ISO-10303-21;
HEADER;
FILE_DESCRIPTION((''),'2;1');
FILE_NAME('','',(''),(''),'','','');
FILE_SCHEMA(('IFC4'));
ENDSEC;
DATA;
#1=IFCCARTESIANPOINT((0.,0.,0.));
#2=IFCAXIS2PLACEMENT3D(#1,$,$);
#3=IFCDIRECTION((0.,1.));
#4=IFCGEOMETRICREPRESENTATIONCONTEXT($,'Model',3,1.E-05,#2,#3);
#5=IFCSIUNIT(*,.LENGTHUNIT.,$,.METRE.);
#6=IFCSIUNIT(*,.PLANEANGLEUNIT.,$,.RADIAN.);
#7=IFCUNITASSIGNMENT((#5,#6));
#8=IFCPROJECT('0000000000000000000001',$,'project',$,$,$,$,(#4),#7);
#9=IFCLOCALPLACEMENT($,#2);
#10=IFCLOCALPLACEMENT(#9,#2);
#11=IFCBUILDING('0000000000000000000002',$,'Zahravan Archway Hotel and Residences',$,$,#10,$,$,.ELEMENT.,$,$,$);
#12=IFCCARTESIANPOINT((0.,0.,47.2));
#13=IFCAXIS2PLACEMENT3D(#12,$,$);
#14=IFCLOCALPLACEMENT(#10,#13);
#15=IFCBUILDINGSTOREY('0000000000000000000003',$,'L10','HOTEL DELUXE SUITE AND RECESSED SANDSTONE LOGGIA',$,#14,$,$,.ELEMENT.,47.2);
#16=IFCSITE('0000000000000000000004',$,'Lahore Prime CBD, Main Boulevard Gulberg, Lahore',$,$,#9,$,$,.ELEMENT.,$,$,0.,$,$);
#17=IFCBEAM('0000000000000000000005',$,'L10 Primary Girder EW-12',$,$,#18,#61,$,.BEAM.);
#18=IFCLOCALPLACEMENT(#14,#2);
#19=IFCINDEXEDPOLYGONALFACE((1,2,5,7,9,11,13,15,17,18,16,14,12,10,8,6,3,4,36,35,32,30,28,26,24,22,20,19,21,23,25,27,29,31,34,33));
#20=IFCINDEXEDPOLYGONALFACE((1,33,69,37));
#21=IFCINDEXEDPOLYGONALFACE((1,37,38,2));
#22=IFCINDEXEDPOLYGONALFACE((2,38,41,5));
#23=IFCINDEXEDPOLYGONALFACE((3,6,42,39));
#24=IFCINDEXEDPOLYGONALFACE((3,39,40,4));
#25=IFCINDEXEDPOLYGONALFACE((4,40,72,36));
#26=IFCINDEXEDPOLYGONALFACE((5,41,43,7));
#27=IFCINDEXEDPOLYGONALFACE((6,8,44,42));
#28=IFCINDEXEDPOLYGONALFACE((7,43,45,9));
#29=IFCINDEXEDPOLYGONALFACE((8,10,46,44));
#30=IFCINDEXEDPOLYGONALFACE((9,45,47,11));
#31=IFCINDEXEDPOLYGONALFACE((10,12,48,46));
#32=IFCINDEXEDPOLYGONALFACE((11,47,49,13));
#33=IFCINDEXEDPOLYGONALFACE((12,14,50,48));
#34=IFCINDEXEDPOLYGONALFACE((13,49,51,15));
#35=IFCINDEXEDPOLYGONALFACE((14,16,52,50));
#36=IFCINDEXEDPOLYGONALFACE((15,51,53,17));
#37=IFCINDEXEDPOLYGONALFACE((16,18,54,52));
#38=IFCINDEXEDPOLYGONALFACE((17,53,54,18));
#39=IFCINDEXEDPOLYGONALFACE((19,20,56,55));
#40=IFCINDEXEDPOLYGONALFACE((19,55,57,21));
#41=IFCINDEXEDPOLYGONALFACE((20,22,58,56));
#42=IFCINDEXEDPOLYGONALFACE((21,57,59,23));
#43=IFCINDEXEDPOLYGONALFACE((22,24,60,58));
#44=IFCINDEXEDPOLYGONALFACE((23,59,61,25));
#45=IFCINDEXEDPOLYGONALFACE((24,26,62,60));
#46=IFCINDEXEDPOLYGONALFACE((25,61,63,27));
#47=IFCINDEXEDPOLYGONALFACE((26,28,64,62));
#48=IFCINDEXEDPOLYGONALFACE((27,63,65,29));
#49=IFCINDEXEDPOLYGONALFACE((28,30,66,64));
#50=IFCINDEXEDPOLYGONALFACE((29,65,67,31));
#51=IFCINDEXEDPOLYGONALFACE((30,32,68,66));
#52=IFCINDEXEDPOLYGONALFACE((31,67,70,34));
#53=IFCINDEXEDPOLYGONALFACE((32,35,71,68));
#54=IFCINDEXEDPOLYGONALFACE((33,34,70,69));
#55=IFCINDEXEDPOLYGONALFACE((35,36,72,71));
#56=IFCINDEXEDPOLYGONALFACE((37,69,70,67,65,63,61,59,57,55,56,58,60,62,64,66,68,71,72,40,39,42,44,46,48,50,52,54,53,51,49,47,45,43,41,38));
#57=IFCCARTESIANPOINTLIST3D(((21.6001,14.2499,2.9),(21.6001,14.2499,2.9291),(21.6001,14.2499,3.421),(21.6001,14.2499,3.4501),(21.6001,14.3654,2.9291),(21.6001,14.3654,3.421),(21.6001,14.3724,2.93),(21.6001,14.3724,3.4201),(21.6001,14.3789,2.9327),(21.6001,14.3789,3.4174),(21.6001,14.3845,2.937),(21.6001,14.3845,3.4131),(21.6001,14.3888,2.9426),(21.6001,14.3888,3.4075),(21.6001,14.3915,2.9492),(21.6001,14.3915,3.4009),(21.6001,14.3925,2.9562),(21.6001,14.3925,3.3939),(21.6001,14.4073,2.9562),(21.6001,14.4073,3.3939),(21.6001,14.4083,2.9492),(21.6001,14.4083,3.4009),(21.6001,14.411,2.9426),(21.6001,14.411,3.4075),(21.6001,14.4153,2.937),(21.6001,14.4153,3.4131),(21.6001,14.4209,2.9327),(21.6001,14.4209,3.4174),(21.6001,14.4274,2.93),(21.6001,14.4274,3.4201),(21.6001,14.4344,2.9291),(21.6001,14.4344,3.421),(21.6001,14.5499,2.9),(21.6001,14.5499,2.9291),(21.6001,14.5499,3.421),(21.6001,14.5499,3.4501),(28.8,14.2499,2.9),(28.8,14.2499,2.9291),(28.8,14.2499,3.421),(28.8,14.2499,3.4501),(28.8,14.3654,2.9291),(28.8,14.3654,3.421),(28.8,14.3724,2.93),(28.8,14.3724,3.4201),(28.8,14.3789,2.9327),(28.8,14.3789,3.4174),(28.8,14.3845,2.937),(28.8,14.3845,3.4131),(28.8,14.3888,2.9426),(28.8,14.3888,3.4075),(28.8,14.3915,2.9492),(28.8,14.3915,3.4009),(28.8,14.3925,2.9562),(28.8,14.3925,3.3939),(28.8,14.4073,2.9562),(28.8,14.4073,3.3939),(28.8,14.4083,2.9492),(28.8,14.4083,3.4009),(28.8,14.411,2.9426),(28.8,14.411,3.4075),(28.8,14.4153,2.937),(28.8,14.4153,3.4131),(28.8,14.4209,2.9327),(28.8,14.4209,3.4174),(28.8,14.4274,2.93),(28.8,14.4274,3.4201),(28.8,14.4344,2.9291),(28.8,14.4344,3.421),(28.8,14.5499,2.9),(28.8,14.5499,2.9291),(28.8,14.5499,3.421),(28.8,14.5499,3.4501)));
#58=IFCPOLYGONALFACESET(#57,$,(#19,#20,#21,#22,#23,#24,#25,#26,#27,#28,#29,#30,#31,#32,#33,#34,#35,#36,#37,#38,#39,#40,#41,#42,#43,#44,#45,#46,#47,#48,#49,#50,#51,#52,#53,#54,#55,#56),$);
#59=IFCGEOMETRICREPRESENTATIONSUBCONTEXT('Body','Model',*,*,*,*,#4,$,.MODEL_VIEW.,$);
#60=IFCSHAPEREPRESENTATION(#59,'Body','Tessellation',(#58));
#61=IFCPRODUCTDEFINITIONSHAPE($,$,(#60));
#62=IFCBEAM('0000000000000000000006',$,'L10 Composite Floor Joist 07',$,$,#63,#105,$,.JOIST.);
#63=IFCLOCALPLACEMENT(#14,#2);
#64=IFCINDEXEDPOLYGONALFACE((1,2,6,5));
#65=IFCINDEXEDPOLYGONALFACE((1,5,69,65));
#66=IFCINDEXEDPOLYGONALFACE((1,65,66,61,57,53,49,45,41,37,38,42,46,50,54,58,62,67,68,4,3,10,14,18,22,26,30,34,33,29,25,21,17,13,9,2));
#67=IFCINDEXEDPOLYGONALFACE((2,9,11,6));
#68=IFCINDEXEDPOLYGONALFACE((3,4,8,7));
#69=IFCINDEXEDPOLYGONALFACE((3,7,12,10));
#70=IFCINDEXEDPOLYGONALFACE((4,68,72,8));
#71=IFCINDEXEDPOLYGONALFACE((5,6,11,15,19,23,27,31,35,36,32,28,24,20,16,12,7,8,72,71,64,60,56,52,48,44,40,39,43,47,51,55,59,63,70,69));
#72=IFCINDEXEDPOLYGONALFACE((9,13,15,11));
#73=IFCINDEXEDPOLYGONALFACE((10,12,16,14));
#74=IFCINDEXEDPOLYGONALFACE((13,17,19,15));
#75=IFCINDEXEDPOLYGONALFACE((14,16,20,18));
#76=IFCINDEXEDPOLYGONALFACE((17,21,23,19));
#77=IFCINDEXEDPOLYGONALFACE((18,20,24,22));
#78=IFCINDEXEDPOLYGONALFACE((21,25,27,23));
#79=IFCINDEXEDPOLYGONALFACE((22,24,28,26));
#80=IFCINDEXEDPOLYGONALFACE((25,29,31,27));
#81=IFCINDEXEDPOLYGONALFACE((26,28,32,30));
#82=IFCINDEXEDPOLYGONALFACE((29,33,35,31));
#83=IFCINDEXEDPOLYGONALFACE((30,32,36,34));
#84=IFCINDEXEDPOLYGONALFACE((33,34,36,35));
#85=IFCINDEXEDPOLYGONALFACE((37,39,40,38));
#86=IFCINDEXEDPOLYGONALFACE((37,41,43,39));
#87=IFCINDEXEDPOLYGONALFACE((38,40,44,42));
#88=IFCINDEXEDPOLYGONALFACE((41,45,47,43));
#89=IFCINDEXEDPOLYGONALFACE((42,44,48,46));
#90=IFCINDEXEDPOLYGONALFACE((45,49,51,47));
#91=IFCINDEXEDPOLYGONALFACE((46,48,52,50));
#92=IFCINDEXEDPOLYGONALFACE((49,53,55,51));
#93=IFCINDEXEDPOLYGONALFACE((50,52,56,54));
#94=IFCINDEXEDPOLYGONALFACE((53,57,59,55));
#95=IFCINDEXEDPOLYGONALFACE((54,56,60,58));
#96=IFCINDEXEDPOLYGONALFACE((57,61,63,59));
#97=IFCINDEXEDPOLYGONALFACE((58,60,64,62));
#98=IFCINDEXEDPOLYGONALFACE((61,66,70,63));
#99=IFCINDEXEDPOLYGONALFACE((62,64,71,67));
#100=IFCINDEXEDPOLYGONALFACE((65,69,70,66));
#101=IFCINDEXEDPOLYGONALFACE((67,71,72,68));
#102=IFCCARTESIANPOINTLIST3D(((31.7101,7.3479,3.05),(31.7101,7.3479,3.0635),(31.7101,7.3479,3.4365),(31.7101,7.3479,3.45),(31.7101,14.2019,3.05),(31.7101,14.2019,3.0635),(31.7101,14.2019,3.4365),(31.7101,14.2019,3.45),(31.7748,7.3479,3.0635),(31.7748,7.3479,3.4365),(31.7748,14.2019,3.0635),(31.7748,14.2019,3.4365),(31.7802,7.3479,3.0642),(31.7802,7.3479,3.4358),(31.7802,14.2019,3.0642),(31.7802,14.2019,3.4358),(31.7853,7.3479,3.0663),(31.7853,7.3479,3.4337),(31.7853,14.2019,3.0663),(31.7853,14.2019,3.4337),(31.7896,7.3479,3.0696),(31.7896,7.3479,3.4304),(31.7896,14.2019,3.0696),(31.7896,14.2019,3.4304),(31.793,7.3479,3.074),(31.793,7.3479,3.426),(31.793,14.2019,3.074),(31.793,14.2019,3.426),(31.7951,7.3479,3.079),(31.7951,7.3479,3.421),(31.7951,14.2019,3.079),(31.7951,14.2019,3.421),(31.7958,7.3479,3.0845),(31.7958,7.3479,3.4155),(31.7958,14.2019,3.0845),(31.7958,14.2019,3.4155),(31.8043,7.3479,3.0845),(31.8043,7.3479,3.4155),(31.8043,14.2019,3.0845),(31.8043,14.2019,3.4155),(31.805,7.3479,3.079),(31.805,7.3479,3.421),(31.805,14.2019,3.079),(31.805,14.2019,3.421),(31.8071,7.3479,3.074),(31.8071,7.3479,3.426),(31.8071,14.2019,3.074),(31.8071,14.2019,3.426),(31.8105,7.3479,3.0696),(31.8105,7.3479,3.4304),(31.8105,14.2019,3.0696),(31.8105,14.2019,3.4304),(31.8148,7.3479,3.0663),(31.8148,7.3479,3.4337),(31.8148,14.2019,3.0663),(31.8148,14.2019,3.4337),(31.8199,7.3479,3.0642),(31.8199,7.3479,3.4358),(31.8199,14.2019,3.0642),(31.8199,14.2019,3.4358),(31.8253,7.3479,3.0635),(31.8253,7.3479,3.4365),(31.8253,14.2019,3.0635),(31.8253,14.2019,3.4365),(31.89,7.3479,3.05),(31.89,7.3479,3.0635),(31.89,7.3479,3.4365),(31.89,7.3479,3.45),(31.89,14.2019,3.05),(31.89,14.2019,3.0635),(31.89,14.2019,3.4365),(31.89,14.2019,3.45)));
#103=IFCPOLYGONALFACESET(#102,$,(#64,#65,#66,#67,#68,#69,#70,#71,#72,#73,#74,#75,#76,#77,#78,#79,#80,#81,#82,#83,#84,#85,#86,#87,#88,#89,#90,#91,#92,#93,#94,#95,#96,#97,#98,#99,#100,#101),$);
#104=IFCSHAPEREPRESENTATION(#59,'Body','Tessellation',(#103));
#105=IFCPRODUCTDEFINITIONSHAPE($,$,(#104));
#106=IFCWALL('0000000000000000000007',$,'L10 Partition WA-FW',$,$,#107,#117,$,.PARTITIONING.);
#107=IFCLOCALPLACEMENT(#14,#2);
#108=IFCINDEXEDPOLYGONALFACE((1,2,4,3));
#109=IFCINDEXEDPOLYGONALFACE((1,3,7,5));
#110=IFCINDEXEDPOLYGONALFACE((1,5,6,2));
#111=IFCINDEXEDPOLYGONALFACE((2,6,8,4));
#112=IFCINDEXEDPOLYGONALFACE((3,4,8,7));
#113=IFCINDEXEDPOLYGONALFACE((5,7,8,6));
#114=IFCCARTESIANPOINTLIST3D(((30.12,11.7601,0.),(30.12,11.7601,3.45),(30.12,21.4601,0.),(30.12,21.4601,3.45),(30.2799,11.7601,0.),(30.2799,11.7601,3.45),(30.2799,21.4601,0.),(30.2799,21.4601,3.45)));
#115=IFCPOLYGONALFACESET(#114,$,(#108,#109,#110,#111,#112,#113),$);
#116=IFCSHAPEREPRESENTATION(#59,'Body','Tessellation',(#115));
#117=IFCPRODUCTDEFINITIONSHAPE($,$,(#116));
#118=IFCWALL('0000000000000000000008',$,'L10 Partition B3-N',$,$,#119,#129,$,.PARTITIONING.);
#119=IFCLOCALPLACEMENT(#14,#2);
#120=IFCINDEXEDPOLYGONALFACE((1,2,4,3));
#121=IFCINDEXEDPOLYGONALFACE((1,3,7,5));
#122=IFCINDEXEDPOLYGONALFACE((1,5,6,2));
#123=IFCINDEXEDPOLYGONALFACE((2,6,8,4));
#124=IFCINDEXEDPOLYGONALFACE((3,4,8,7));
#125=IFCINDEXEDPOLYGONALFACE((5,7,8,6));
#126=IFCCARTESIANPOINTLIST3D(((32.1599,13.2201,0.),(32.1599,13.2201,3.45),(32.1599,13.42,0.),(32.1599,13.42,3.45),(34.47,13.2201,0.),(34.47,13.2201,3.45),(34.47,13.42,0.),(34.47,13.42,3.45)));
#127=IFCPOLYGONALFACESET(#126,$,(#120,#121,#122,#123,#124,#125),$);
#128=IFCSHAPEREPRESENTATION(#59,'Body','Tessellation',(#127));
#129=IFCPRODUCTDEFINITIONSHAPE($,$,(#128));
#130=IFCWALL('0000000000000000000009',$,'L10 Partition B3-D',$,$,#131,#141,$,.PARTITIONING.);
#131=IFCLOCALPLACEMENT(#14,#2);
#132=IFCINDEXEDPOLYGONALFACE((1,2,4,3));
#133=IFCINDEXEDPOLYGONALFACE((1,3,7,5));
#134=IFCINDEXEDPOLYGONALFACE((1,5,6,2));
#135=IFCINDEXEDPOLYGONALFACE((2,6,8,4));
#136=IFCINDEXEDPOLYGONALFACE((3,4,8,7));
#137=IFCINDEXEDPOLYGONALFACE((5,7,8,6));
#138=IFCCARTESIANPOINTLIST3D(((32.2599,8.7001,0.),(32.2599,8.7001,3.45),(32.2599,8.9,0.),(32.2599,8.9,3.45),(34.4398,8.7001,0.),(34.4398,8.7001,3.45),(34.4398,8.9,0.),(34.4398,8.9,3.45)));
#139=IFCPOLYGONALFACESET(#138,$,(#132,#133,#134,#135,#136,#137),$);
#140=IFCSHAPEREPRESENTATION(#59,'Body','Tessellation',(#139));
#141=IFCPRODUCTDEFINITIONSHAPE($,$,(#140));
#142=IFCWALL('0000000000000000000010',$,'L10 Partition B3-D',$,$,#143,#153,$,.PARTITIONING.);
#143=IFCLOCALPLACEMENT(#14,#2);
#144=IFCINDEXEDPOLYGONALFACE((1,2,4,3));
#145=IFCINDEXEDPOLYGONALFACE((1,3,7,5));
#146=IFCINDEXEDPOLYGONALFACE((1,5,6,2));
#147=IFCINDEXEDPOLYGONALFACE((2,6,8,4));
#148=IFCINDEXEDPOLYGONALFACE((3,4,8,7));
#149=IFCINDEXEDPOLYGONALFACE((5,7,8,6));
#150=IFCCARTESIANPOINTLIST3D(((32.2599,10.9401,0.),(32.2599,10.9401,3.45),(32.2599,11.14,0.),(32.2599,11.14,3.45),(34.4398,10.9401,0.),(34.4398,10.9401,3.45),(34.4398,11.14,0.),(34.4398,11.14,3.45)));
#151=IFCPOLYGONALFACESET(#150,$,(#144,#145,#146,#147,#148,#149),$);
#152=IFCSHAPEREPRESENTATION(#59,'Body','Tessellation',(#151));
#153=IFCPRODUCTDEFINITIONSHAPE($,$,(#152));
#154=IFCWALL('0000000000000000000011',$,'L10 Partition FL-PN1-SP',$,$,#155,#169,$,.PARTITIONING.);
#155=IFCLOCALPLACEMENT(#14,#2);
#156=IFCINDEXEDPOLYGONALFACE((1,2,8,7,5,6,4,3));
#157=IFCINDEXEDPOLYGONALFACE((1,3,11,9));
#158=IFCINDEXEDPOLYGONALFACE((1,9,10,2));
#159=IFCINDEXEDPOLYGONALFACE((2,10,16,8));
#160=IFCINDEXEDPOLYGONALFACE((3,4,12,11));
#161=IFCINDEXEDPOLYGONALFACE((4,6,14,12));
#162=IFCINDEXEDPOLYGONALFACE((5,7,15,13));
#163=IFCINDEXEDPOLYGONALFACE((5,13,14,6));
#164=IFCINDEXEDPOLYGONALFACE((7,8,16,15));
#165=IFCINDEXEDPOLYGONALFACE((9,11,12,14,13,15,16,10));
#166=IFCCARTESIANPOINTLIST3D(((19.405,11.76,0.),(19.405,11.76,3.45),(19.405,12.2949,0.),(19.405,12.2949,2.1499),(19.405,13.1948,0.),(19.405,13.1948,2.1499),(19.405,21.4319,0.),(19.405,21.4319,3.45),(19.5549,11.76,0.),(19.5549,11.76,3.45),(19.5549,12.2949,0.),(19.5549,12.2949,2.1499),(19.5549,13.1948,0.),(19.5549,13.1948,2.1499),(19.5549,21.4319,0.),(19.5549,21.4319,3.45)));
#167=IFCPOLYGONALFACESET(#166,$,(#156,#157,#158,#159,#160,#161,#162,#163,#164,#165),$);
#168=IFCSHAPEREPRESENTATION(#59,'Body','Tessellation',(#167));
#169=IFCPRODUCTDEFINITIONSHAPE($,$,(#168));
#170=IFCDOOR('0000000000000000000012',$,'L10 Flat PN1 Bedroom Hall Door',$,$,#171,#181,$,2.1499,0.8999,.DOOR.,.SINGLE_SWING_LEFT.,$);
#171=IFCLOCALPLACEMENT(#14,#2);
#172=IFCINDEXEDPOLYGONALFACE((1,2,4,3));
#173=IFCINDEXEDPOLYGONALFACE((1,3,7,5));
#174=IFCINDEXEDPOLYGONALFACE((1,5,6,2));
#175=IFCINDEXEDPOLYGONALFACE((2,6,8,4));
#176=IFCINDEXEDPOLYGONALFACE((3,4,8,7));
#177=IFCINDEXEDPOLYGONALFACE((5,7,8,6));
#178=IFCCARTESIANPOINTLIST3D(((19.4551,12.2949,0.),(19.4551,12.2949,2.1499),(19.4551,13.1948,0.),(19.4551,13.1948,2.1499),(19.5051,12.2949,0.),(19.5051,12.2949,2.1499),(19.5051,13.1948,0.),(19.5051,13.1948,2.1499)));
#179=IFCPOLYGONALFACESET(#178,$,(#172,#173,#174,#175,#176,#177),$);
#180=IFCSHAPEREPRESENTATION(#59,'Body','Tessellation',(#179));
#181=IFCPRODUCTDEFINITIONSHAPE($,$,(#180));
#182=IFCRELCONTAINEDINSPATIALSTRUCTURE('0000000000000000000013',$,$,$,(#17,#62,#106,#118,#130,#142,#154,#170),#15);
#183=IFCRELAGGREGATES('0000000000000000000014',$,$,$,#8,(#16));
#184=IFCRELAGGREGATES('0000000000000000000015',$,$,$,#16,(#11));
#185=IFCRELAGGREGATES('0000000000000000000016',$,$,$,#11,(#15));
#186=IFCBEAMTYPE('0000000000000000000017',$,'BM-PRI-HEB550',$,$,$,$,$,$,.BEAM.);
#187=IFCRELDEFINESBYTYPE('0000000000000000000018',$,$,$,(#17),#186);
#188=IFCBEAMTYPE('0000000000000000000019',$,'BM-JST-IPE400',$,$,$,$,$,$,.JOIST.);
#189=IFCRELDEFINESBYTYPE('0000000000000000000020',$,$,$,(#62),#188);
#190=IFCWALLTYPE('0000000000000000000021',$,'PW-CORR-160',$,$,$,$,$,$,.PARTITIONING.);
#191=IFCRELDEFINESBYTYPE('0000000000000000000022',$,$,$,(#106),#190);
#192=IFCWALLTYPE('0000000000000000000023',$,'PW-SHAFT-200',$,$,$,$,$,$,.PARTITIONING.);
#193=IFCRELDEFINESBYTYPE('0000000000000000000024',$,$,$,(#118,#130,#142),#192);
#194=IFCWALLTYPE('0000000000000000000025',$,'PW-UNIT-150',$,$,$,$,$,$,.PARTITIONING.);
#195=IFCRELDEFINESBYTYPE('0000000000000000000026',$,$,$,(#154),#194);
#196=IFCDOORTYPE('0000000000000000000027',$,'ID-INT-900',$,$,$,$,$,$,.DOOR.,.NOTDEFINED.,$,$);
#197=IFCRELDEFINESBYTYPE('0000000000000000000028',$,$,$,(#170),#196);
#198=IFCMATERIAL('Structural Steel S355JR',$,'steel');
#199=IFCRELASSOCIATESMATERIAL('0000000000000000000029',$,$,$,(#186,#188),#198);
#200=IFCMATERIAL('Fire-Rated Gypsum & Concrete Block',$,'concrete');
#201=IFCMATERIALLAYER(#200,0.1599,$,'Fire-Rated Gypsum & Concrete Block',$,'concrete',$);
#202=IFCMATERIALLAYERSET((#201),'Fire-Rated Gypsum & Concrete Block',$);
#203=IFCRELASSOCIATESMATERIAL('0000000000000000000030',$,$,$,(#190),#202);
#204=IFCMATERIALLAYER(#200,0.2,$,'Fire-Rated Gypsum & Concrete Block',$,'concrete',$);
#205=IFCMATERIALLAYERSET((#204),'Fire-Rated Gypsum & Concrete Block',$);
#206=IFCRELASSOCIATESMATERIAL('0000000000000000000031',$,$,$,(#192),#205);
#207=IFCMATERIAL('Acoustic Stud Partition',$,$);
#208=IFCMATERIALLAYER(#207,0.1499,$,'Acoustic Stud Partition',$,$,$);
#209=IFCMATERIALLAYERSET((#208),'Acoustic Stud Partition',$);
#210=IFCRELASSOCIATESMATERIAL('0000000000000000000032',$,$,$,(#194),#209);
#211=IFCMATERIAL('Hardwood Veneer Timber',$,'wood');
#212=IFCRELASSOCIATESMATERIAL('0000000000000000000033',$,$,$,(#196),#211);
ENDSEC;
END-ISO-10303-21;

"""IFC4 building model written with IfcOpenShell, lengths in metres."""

from ifc_helpers import new_model, si_unit, direction, frame, frame_2d, origin, origin_2d, place, context, subcontext, project, spatial, rectangle, i_section, extrude, source, transform, mapped, material, layer, layer_set, material_profile, profile_set, type_object, type_shapes, element, fill, save


model = new_model("IFC4")

# Units and contexts
model_context = context("Model", 3, precision=1e-05, world=origin(), true_north=direction((0.0, 1.0)))
body_context = subcontext(model_context, "Body", "Model", "MODEL_VIEW")
ifc_project = project(units=[si_unit("LENGTHUNIT", "METRE"), si_unit("PLANEANGLEUNIT", "RADIAN")], contexts=[model_context])

# Site, building, storey
site_placement = place(None, origin())
site = spatial("IfcSite", under=ifc_project, at=site_placement, Name="Lahore Prime CBD, Main Boulevard Gulberg, Lahore", CompositionType="ELEMENT", RefElevation=0.0)
building_placement = place(site_placement, origin())
building = spatial("IfcBuilding", under=site, at=building_placement, Name="Zahravan Archway Hotel and Residences", CompositionType="ELEMENT")
storey_placement = place(building_placement, frame((0.0, 0.0, 47.2)))
storey = spatial("IfcBuildingStorey", under=building, at=storey_placement, Name="L10", Description="HOTEL DELUXE SUITE AND RECESSED SANDSTONE LOGGIA", CompositionType="ELEMENT", Elevation=47.2)

# Beams
ifc_material_1 = material(Name="Structural Steel S355JR", Category="steel")
ifc_material_profile_1 = material_profile(ifc_material_1, i_section(OverallWidth=0.3, OverallDepth=0.55, WebThickness=0.0149, FlangeThickness=0.0291, FilletRadius=0.0271, at=origin_2d()), Name="HEB 550", Category="steel")
ifc_profile_set_1 = profile_set([ifc_material_profile_1], Name="Structural Steel S355JR")
beam_type_1 = type_object("IfcBeamType", Name="BM-PRI-HEB550", PredefinedType="BEAM", material=ifc_profile_set_1)
shared_shape_1 = source(origin(), body_context, "Body", "SweptSolid", [
    extrude(i_section(OverallWidth=0.3, OverallDepth=0.55, WebThickness=0.0149, FlangeThickness=0.0291, FilletRadius=0.0271, at=origin_2d()), origin(), (0.0, 0.0, 1.0), 7.2),
])
beam_1_placement = place(storey_placement, frame((21.6001, 14.3999, 3.175), z_axis=(1.0, 0.0, 0.0), x_axis=(0.0, 1.0, 0.0)))
element("IfcBeam", 1, at=beam_1_placement, inside=storey, type_object=beam_type_1, Name="L10 Primary Girder EW-12", PredefinedType="BEAM", context=body_context, shape_type="MappedRepresentation", body=[
    mapped(shared_shape_1, transform((0.0, 0.0, 0.0), scale=1.0)),
])
ifc_material_profile_2 = material_profile(ifc_material_1, i_section(OverallWidth=0.1799, OverallDepth=0.3999, WebThickness=0.0085, FlangeThickness=0.0134, FilletRadius=0.021, at=origin_2d()), Name="IPE 400", Category="steel")
ifc_profile_set_2 = profile_set([ifc_material_profile_2], Name="Structural Steel S355JR")
beam_type_2 = type_object("IfcBeamType", Name="BM-JST-IPE400", PredefinedType="JOIST", material=ifc_profile_set_2)
shared_shape_2 = source(origin(), body_context, "Body", "SweptSolid", [
    extrude(i_section(OverallWidth=0.1799, OverallDepth=0.3999, WebThickness=0.0085, FlangeThickness=0.0134, FilletRadius=0.021, at=origin_2d()), origin(), (0.0, 0.0, 1.0), 6.854),
])
beam_2_placement = place(storey_placement, frame((31.8, 7.3479, 3.25), z_axis=(0.0, 1.0, 0.0), x_axis=(-1.0, 0.0, 0.0)))
element("IfcBeam", 2, at=beam_2_placement, inside=storey, type_object=beam_type_2, Name="L10 Composite Floor Joist 07", PredefinedType="JOIST", context=body_context, shape_type="MappedRepresentation", body=[
    mapped(shared_shape_2, transform((0.0, 0.0, 0.0), scale=1.0)),
])

# Walls
ifc_material_2 = material(Name="Fire-Rated Gypsum & Concrete Block", Category="concrete")
ifc_layer_1 = layer(ifc_material_2, 0.1599, Name="Fire-Rated Gypsum & Concrete Block", Category="concrete")
ifc_layer_set_1 = layer_set([ifc_layer_1], Name="Fire-Rated Gypsum & Concrete Block")
wall_type_1 = type_object("IfcWallType", Name="PW-CORR-160", PredefinedType="PARTITIONING", material=ifc_layer_set_1)
wall_1_placement = place(storey_placement, frame((30.2, 11.76, 0.0), z_axis=(0.0, 0.0, 1.0), x_axis=(0.0, 1.0, 0.0)))
element("IfcWall", 3, at=wall_1_placement, inside=storey, type_object=wall_type_1, Name="L10 Partition WA-FW", PredefinedType="PARTITIONING", context=body_context, shape_type="SweptSolid", body=[
    extrude(rectangle(XDim=9.7, YDim=0.1599, at=frame_2d((4.8501, 0.0))), origin(), (0.0, 0.0, 1.0), 3.45),
])
ifc_layer_2 = layer(ifc_material_2, 0.2, Name="Fire-Rated Gypsum & Concrete Block", Category="concrete")
ifc_layer_set_2 = layer_set([ifc_layer_2], Name="Fire-Rated Gypsum & Concrete Block")
wall_type_2 = type_object("IfcWallType", Name="PW-SHAFT-200", PredefinedType="PARTITIONING", material=ifc_layer_set_2)
wall_2_placement = place(storey_placement, frame((32.1599, 13.3201, 0.0), z_axis=(0.0, 0.0, 1.0), x_axis=(1.0, 0.0, 0.0)))
element("IfcWall", 4, at=wall_2_placement, inside=storey, type_object=wall_type_2, Name="L10 Partition B3-N", PredefinedType="PARTITIONING", context=body_context, shape_type="SweptSolid", body=[
    extrude(rectangle(XDim=2.3101, YDim=0.2, at=frame_2d((1.155, 0.0))), origin(), (0.0, 0.0, 1.0), 3.45),
])
for number, where, z_axis, x_axis, name in (
    (5, (32.26, 8.8, 0.0), (0.0, 0.0, 1.0), (1.0, 0.0, 0.0), "L10 Partition B3-D"),
    (6, (32.26, 11.04, 0.0), (0.0, 0.0, 1.0), (1.0, 0.0, 0.0), "L10 Partition B3-D"),
):
    element("IfcWall", number, at=place(storey_placement, frame(where, z_axis=z_axis, x_axis=x_axis)), inside=storey, type_object=wall_type_2, Name=name, PredefinedType="PARTITIONING", context=body_context, shape_type="SweptSolid", body=[
        extrude(rectangle(XDim=2.1799, YDim=0.2, at=frame_2d((1.0898, 0.0))), origin(), (0.0, 0.0, 1.0), 3.45),
    ])

# Wall, opening, door
ifc_material_3 = material(Name="Acoustic Stud Partition")
ifc_layer_3 = layer(ifc_material_3, 0.1499, Name="Acoustic Stud Partition")
ifc_layer_set_3 = layer_set([ifc_layer_3], Name="Acoustic Stud Partition")
wall_type_3 = type_object("IfcWallType", Name="PW-UNIT-150", PredefinedType="PARTITIONING", material=ifc_layer_set_3)
wall_3_placement = place(storey_placement, frame((19.48, 11.76, 0.0), z_axis=(0.0, 0.0, 1.0), x_axis=(0.0, 1.0, 0.0)))
wall_3 = element("IfcWall", 7, at=wall_3_placement, inside=storey, type_object=wall_type_3, Name="L10 Partition FL-PN1-SP", PredefinedType="PARTITIONING", context=body_context, shape_type="SweptSolid", body=[
    extrude(rectangle(XDim=9.6719, YDim=0.1499, at=frame_2d((4.8359, 0.0))), origin(), (0.0, 0.0, 1.0), 3.45),
])
opening_1_placement = place(wall_3_placement, frame((0.5349, 0.0, 0.0)))
opening_1 = element("IfcOpeningElement", 8, at=opening_1_placement, cuts=wall_3, PredefinedType="OPENING", context=body_context, shape_type="SweptSolid", body=[
    extrude(rectangle(XDim=0.8999, YDim=2.1499, at=frame_2d((0.45, 1.075))), frame((0.0, 0.085, 0.0), z_axis=(0.0, -1.0, 0.0), x_axis=(1.0, 0.0, 0.0)), (0.0, 0.0, 1.0), 0.1699),
])
ifc_material_4 = material(Name="Hardwood Veneer Timber", Category="wood")
door_type_1 = type_object("IfcDoorType", Name="ID-INT-900", OperationType="NOTDEFINED", PredefinedType="DOOR", material=ifc_material_4)
shared_shape_3 = source(origin(), body_context, "Body", "SweptSolid", [
    extrude(rectangle(XDim=0.8999, YDim=2.1499, at=frame_2d((0.45, 1.075))), frame((0.0, 0.0249, 0.0), z_axis=(0.0, -1.0, 0.0), x_axis=(1.0, 0.0, 0.0)), (0.0, 0.0, 1.0), 0.05),
])
type_shapes(door_type_1, [shared_shape_3])
door_1_placement = place(opening_1_placement, origin())
door_1 = element("IfcDoor", 9, at=door_1_placement, inside=storey, type_object=door_type_1, Name="L10 Flat PN1 Bedroom Hall Door", OperationType="SINGLE_SWING_LEFT", OverallHeight=2.1499, OverallWidth=0.8999, PredefinedType="DOOR", context=body_context, shape_type="MappedRepresentation", body=[
    mapped(shared_shape_3, transform((0.0, 0.0, 0.0), scale=1.0)),
])
fill(opening_1, door_1)

save(model, "model.ifc")
